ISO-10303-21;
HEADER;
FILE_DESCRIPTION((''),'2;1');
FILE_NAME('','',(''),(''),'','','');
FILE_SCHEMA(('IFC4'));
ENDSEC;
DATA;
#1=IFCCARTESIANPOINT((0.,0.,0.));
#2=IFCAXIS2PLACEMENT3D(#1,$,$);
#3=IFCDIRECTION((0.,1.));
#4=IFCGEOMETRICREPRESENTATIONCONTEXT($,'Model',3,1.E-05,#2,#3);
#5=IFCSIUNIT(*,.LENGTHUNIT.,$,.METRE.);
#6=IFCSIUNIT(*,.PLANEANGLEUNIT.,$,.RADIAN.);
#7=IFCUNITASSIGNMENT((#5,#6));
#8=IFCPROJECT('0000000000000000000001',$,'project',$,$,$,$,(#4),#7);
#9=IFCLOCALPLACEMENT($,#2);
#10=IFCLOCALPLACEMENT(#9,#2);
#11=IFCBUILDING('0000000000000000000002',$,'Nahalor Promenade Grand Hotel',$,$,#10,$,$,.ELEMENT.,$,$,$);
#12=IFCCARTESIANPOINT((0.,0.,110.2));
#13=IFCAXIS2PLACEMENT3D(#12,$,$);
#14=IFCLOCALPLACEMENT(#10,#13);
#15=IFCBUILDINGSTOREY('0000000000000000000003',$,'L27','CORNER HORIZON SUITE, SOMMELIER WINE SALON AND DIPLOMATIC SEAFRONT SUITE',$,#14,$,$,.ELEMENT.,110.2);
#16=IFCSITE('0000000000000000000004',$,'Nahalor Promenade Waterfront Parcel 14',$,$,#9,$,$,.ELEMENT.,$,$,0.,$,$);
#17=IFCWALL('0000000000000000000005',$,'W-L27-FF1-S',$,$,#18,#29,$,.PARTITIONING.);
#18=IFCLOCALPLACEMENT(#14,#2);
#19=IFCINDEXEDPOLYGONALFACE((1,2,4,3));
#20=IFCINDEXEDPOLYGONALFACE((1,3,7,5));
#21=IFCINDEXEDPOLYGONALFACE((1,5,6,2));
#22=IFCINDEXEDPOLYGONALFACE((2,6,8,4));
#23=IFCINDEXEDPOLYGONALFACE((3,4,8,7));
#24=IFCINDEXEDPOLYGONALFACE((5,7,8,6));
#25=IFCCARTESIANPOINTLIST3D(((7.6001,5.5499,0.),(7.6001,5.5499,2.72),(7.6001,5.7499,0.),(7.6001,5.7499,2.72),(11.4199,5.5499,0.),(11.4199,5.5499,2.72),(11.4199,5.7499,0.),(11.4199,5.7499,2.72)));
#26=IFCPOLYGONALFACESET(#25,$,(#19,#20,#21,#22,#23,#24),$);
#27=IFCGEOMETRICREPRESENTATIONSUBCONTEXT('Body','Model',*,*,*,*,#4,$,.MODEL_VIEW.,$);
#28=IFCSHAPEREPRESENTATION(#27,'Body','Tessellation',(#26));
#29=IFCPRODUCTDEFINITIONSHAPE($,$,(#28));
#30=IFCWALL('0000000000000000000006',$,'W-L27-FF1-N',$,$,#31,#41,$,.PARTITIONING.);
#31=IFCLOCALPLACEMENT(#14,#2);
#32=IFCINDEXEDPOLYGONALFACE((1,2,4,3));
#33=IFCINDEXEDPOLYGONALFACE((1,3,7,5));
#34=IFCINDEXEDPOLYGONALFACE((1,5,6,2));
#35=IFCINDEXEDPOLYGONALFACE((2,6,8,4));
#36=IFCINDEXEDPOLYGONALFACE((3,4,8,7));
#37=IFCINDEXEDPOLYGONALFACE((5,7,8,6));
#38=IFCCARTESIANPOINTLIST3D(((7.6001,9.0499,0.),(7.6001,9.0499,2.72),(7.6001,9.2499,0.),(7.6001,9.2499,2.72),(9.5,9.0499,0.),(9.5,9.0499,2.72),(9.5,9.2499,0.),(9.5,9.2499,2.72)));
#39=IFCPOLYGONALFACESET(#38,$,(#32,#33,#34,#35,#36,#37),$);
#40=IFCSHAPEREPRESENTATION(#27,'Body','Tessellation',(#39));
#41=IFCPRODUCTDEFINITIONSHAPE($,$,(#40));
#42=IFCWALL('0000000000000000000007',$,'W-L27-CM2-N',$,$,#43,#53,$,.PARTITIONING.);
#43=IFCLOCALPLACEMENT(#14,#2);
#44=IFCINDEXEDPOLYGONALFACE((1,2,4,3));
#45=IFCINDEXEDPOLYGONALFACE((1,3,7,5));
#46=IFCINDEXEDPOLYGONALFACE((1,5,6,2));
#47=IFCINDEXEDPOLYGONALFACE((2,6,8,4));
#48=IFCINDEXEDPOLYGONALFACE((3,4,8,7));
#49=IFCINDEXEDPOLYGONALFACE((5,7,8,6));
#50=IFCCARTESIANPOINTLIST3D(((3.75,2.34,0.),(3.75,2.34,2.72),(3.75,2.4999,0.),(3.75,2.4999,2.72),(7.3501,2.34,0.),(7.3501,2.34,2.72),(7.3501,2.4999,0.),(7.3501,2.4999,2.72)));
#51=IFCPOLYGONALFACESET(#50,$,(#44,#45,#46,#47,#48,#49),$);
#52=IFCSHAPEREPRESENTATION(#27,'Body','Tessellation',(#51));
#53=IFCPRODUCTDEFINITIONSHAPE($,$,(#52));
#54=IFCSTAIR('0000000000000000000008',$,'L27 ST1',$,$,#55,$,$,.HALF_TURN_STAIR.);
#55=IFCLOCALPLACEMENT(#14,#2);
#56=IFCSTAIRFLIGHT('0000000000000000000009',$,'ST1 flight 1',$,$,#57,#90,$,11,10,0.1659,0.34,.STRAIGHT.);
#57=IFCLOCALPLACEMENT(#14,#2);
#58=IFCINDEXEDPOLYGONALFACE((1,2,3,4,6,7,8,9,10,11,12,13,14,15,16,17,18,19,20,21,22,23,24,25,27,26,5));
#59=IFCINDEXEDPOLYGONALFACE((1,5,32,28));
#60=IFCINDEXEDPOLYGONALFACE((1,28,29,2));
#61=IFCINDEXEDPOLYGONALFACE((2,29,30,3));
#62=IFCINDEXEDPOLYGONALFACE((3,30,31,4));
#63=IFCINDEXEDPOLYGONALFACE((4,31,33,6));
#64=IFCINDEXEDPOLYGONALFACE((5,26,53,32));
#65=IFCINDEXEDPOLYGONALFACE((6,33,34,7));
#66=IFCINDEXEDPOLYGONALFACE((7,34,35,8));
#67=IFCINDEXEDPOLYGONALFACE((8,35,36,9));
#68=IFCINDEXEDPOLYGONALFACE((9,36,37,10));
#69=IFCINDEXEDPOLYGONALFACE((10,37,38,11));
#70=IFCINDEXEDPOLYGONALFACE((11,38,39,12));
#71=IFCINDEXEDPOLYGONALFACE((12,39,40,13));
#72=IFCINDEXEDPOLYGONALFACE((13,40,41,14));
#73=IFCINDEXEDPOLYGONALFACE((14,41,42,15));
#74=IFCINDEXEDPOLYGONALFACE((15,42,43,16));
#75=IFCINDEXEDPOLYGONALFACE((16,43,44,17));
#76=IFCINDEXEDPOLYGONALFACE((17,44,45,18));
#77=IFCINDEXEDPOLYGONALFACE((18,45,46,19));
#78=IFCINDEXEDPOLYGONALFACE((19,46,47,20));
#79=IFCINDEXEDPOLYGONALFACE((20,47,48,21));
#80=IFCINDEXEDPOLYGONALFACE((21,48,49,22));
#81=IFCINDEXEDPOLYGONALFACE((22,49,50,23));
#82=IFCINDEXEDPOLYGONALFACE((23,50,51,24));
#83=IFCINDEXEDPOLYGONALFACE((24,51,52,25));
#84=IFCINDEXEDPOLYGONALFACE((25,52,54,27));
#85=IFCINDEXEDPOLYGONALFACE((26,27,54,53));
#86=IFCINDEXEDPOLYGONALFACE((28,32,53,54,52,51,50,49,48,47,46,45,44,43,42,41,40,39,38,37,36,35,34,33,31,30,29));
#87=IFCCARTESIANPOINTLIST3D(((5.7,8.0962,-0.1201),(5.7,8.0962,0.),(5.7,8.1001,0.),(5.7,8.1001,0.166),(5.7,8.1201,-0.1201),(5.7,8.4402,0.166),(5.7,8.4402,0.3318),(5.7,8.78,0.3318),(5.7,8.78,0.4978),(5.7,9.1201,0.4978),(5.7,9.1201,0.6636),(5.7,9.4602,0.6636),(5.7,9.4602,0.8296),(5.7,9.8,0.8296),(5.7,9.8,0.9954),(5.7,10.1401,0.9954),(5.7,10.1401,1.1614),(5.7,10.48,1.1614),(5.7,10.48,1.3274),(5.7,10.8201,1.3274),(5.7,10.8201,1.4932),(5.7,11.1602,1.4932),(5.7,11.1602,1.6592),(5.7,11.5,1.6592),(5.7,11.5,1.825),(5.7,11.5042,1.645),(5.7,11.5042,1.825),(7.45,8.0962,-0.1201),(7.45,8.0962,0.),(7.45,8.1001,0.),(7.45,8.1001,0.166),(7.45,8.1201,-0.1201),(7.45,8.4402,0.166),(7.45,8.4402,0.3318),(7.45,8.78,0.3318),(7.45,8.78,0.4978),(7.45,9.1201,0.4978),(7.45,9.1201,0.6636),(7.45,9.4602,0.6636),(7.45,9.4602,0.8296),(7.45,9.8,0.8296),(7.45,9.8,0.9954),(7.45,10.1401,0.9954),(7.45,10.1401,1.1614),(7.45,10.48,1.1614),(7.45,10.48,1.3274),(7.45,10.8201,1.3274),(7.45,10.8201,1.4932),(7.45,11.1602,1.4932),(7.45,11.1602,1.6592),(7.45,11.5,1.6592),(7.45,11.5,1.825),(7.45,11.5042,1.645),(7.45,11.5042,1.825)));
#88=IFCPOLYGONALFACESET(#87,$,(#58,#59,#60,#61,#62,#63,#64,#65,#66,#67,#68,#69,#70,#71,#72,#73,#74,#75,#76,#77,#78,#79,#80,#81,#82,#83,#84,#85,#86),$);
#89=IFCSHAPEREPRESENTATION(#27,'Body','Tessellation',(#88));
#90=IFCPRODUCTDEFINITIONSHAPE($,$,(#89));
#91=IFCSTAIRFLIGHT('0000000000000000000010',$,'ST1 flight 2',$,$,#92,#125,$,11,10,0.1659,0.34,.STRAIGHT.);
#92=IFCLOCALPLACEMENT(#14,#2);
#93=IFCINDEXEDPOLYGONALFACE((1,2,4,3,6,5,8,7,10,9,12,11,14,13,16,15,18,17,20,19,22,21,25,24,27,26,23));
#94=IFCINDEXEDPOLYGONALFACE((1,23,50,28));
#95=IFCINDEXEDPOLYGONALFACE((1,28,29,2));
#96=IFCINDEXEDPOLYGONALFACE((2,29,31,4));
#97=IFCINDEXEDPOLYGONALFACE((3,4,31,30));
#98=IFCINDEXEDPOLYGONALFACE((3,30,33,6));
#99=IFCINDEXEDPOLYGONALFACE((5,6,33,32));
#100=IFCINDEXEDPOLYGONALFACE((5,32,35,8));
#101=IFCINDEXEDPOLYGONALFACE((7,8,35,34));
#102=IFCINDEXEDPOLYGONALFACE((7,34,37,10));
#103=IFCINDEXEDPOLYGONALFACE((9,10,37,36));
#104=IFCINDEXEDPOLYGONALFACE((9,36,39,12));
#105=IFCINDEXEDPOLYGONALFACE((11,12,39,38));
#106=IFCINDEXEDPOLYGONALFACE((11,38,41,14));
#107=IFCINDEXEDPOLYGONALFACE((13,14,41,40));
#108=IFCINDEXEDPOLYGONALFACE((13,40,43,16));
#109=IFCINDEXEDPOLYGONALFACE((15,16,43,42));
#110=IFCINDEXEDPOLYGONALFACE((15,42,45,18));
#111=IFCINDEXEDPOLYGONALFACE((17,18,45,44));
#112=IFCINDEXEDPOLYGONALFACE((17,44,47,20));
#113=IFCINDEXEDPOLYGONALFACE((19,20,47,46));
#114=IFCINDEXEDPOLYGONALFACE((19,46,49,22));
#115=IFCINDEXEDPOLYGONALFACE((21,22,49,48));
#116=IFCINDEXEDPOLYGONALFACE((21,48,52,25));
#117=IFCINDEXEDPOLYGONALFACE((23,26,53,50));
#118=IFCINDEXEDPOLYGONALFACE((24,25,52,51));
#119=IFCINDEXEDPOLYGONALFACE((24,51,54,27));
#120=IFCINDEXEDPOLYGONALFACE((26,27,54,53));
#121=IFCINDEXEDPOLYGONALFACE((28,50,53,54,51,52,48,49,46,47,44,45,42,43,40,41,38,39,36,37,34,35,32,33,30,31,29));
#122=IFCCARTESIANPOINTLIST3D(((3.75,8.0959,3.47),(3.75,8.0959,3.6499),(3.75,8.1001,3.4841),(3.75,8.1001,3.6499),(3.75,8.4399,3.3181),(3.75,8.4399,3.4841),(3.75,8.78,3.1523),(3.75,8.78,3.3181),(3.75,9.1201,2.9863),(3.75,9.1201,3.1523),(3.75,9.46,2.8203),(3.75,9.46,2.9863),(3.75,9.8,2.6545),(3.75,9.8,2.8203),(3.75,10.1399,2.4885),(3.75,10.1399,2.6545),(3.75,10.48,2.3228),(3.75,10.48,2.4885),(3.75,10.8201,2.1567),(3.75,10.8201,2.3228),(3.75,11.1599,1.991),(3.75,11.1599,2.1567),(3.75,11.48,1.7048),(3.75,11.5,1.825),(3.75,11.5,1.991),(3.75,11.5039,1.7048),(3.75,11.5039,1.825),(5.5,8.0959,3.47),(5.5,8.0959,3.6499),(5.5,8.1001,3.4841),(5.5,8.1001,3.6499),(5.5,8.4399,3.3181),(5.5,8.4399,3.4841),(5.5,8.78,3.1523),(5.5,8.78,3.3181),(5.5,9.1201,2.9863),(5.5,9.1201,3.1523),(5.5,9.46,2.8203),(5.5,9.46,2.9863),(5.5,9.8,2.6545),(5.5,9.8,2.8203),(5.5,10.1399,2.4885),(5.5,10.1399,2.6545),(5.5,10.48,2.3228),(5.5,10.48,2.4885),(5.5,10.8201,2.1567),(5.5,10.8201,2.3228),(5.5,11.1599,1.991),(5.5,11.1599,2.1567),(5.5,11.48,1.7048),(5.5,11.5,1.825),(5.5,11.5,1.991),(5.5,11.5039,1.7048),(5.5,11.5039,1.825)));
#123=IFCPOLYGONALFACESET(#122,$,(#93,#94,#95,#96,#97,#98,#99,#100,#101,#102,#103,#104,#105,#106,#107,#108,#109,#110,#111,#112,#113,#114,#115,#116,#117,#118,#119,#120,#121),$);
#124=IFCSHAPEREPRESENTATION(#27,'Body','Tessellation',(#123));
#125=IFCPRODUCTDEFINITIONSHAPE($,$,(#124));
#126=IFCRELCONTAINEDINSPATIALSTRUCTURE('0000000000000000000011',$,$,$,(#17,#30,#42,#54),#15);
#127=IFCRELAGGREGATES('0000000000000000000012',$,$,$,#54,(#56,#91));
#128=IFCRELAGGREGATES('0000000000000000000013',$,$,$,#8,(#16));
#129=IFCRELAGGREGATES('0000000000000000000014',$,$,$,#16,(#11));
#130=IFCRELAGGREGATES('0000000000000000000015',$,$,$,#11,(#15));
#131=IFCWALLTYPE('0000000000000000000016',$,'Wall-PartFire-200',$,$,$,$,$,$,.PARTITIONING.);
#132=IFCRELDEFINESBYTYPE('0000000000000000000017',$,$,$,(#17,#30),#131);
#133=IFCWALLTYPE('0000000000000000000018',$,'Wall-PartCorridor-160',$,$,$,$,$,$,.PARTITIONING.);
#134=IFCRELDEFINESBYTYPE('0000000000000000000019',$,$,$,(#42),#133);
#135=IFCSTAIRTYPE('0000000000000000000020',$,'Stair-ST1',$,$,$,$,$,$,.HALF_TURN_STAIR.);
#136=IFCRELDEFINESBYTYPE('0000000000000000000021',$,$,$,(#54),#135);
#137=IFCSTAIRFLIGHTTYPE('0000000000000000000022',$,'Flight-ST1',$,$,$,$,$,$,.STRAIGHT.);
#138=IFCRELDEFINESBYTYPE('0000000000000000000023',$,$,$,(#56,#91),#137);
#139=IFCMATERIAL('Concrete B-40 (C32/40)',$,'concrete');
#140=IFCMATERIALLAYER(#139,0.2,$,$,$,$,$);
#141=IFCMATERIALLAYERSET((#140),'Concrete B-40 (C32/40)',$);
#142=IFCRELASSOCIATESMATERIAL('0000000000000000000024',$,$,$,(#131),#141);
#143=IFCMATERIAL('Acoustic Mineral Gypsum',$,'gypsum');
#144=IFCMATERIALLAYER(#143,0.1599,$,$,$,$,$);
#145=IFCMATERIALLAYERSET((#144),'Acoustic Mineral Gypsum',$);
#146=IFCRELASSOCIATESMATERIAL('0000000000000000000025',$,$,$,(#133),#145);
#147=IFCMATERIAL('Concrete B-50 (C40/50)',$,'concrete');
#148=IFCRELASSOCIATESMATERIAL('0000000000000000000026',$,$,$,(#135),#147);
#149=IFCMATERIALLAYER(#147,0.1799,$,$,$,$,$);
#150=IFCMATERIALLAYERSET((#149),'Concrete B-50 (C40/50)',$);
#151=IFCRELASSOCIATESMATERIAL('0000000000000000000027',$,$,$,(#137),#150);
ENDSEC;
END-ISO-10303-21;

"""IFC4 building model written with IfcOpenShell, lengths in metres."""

from ifc_helpers import new_model, si_unit, direction, frame, frame_2d, origin, place, context, subcontext, project, spatial, polyline, rectangle, outline, extrude, source, transform, mapped, material, layer, layer_set, type_object, element, aggregate, save


model = new_model("IFC4")

# Units and contexts
model_context = context("Model", 3, precision=1e-05, world=origin(), true_north=direction((0.0, 1.0)))
body_context = subcontext(model_context, "Body", "Model", "MODEL_VIEW")
ifc_project = project(units=[si_unit("LENGTHUNIT", "METRE"), si_unit("PLANEANGLEUNIT", "RADIAN")], contexts=[model_context])

# Site, building, storey
site_placement = place(None, origin())
site = spatial("IfcSite", under=ifc_project, at=site_placement, Name="Nahalor Promenade Waterfront Parcel 14", CompositionType="ELEMENT", RefElevation=0.0)
building_placement = place(site_placement, origin())
building = spatial("IfcBuilding", under=site, at=building_placement, Name="Nahalor Promenade Grand Hotel", CompositionType="ELEMENT")
storey_placement = place(building_placement, frame((0.0, 0.0, 110.2)))
storey = spatial("IfcBuildingStorey", under=building, at=storey_placement, Name="L27", Description="CORNER HORIZON SUITE, SOMMELIER WINE SALON AND DIPLOMATIC SEAFRONT SUITE", CompositionType="ELEMENT", Elevation=110.2)

# Shared definitions
ifc_material_1 = material(Name="Concrete B-50 (C40/50)", Category="concrete")

# Walls
ifc_material_2 = material(Name="Concrete B-40 (C32/40)", Category="concrete")
ifc_layer_1 = layer(ifc_material_2, 0.2)
ifc_layer_set_1 = layer_set([ifc_layer_1], Name="Concrete B-40 (C32/40)")
wall_type_1 = type_object("IfcWallType", Name="Wall-PartFire-200", PredefinedType="PARTITIONING", material=ifc_layer_set_1)
shared_shape_1 = source(origin(), body_context, "Body", "SweptSolid", [
    extrude(rectangle(XDim=3.8198, YDim=0.2, at=frame_2d((1.9099, 0.0))), origin(), (0.0, 0.0, 1.0), 2.72),
])
wall_1_placement = place(storey_placement, frame((7.6001, 5.6499, 0.0), z_axis=(0.0, 0.0, 1.0), x_axis=(1.0, 0.0, 0.0)))
element("IfcWall", 1, at=wall_1_placement, inside=storey, type_object=wall_type_1, Name="W-L27-FF1-S", PredefinedType="PARTITIONING", context=body_context, shape_type="MappedRepresentation", body=[
    mapped(shared_shape_1, transform((0.0, 0.0, 0.0), scale=1.0)),
])
shared_shape_2 = source(origin(), body_context, "Body", "SweptSolid", [
    extrude(rectangle(XDim=1.8999, YDim=0.2, at=frame_2d((0.95, 0.0))), origin(), (0.0, 0.0, 1.0), 2.72),
])
wall_2_placement = place(storey_placement, frame((7.6001, 9.1499, 0.0), z_axis=(0.0, 0.0, 1.0), x_axis=(1.0, 0.0, 0.0)))
element("IfcWall", 2, at=wall_2_placement, inside=storey, type_object=wall_type_1, Name="W-L27-FF1-N", PredefinedType="PARTITIONING", context=body_context, shape_type="MappedRepresentation", body=[
    mapped(shared_shape_2, transform((0.0, 0.0, 0.0), scale=1.0)),
])

# Wall
ifc_material_3 = material(Name="Acoustic Mineral Gypsum", Category="gypsum")
ifc_layer_2 = layer(ifc_material_3, 0.1599)
ifc_layer_set_2 = layer_set([ifc_layer_2], Name="Acoustic Mineral Gypsum")
wall_type_2 = type_object("IfcWallType", Name="Wall-PartCorridor-160", PredefinedType="PARTITIONING", material=ifc_layer_set_2)
shared_shape_3 = source(origin(), body_context, "Body", "SweptSolid", [
    extrude(rectangle(XDim=3.6001, YDim=0.1599, at=frame_2d((1.8, 0.0))), origin(), (0.0, 0.0, 1.0), 2.72),
])
wall_3_placement = place(storey_placement, frame((3.75, 2.4199, 0.0), z_axis=(0.0, 0.0, 1.0), x_axis=(1.0, 0.0, 0.0)))
element("IfcWall", 3, at=wall_3_placement, inside=storey, type_object=wall_type_2, Name="W-L27-CM2-N", PredefinedType="PARTITIONING", context=body_context, shape_type="MappedRepresentation", body=[
    mapped(shared_shape_3, transform((0.0, 0.0, 0.0), scale=1.0)),
])

# Stair, stair flights
stair_type = type_object("IfcStairType", Name="Stair-ST1", PredefinedType="HALF_TURN_STAIR", material=ifc_material_1)
stair_placement = place(storey_placement, origin())
stair = element("IfcStair", 4, at=stair_placement, inside=storey, type_object=stair_type, Name="L27 ST1", PredefinedType="HALF_TURN_STAIR")
ifc_layer_3 = layer(ifc_material_1, 0.1799)
ifc_layer_set_3 = layer_set([ifc_layer_3], Name="Concrete B-50 (C40/50)")
stair_flight_type = type_object("IfcStairFlightType", Name="Flight-ST1", PredefinedType="STRAIGHT", material=ifc_layer_set_3)
shared_shape_4 = source(origin(), body_context, "Body", "SweptSolid", [
    extrude(outline(polyline([(-0.0039, -0.1201), (-0.0039, 0.0), (0.0, 0.0), (0.0, 0.166), (0.3401, 0.166), (0.3401, 0.3318), (0.6799, 0.3318), (0.6799, 0.4978), (1.02, 0.4978), (1.02, 0.6636), (1.3601, 0.6636), (1.3601, 0.8296), (1.7, 0.8296), (1.7, 0.9954), (2.04, 0.9954), (2.04, 1.1614), (2.3799, 1.1614), (2.3799, 1.3274), (2.72, 1.3274), (2.72, 1.4932), (3.0601, 1.4932), (3.0601, 1.6592), (3.3999, 1.6592), (3.3999, 1.825), (3.4041, 1.825), (3.4041, 1.645), (0.02, -0.1201), (-0.0039, -0.1201)])), frame((0.0, 0.875, 0.0), z_axis=(0.0, -1.0, 0.0), x_axis=(1.0, 0.0, 0.0)), (0.0, 0.0, 1.0), 1.75),
])
stair_flight_1_placement = place(storey_placement, frame((6.575, 8.1001, 0.0), z_axis=(0.0, 0.0, 1.0), x_axis=(0.0, 1.0, 0.0)))
stair_flight_1 = element("IfcStairFlight", 5, at=stair_flight_1_placement, type_object=stair_flight_type, Name="ST1 flight 1", NumberOfRisers=11, NumberOfTreads=10, PredefinedType="STRAIGHT", RiserHeight=0.1659, TreadLength=0.34, context=body_context, shape_type="MappedRepresentation", body=[
    mapped(shared_shape_4, transform((0.0, 0.0, 0.0), scale=1.0)),
])
stair_flight_2_placement = place(storey_placement, frame((4.625, 11.5, 1.825), z_axis=(0.0, 0.0, 1.0), x_axis=(0.0, -1.0, 0.0)))
stair_flight_2 = element("IfcStairFlight", 6, at=stair_flight_2_placement, type_object=stair_flight_type, Name="ST1 flight 2", NumberOfRisers=11, NumberOfTreads=10, PredefinedType="STRAIGHT", RiserHeight=0.1659, TreadLength=0.34, context=body_context, shape_type="MappedRepresentation", body=[
    mapped(shared_shape_4, transform((0.0, 0.0, 0.0), scale=1.0)),
])
aggregate(stair, [stair_flight_1, stair_flight_2])

save(model, "model.ifc")
